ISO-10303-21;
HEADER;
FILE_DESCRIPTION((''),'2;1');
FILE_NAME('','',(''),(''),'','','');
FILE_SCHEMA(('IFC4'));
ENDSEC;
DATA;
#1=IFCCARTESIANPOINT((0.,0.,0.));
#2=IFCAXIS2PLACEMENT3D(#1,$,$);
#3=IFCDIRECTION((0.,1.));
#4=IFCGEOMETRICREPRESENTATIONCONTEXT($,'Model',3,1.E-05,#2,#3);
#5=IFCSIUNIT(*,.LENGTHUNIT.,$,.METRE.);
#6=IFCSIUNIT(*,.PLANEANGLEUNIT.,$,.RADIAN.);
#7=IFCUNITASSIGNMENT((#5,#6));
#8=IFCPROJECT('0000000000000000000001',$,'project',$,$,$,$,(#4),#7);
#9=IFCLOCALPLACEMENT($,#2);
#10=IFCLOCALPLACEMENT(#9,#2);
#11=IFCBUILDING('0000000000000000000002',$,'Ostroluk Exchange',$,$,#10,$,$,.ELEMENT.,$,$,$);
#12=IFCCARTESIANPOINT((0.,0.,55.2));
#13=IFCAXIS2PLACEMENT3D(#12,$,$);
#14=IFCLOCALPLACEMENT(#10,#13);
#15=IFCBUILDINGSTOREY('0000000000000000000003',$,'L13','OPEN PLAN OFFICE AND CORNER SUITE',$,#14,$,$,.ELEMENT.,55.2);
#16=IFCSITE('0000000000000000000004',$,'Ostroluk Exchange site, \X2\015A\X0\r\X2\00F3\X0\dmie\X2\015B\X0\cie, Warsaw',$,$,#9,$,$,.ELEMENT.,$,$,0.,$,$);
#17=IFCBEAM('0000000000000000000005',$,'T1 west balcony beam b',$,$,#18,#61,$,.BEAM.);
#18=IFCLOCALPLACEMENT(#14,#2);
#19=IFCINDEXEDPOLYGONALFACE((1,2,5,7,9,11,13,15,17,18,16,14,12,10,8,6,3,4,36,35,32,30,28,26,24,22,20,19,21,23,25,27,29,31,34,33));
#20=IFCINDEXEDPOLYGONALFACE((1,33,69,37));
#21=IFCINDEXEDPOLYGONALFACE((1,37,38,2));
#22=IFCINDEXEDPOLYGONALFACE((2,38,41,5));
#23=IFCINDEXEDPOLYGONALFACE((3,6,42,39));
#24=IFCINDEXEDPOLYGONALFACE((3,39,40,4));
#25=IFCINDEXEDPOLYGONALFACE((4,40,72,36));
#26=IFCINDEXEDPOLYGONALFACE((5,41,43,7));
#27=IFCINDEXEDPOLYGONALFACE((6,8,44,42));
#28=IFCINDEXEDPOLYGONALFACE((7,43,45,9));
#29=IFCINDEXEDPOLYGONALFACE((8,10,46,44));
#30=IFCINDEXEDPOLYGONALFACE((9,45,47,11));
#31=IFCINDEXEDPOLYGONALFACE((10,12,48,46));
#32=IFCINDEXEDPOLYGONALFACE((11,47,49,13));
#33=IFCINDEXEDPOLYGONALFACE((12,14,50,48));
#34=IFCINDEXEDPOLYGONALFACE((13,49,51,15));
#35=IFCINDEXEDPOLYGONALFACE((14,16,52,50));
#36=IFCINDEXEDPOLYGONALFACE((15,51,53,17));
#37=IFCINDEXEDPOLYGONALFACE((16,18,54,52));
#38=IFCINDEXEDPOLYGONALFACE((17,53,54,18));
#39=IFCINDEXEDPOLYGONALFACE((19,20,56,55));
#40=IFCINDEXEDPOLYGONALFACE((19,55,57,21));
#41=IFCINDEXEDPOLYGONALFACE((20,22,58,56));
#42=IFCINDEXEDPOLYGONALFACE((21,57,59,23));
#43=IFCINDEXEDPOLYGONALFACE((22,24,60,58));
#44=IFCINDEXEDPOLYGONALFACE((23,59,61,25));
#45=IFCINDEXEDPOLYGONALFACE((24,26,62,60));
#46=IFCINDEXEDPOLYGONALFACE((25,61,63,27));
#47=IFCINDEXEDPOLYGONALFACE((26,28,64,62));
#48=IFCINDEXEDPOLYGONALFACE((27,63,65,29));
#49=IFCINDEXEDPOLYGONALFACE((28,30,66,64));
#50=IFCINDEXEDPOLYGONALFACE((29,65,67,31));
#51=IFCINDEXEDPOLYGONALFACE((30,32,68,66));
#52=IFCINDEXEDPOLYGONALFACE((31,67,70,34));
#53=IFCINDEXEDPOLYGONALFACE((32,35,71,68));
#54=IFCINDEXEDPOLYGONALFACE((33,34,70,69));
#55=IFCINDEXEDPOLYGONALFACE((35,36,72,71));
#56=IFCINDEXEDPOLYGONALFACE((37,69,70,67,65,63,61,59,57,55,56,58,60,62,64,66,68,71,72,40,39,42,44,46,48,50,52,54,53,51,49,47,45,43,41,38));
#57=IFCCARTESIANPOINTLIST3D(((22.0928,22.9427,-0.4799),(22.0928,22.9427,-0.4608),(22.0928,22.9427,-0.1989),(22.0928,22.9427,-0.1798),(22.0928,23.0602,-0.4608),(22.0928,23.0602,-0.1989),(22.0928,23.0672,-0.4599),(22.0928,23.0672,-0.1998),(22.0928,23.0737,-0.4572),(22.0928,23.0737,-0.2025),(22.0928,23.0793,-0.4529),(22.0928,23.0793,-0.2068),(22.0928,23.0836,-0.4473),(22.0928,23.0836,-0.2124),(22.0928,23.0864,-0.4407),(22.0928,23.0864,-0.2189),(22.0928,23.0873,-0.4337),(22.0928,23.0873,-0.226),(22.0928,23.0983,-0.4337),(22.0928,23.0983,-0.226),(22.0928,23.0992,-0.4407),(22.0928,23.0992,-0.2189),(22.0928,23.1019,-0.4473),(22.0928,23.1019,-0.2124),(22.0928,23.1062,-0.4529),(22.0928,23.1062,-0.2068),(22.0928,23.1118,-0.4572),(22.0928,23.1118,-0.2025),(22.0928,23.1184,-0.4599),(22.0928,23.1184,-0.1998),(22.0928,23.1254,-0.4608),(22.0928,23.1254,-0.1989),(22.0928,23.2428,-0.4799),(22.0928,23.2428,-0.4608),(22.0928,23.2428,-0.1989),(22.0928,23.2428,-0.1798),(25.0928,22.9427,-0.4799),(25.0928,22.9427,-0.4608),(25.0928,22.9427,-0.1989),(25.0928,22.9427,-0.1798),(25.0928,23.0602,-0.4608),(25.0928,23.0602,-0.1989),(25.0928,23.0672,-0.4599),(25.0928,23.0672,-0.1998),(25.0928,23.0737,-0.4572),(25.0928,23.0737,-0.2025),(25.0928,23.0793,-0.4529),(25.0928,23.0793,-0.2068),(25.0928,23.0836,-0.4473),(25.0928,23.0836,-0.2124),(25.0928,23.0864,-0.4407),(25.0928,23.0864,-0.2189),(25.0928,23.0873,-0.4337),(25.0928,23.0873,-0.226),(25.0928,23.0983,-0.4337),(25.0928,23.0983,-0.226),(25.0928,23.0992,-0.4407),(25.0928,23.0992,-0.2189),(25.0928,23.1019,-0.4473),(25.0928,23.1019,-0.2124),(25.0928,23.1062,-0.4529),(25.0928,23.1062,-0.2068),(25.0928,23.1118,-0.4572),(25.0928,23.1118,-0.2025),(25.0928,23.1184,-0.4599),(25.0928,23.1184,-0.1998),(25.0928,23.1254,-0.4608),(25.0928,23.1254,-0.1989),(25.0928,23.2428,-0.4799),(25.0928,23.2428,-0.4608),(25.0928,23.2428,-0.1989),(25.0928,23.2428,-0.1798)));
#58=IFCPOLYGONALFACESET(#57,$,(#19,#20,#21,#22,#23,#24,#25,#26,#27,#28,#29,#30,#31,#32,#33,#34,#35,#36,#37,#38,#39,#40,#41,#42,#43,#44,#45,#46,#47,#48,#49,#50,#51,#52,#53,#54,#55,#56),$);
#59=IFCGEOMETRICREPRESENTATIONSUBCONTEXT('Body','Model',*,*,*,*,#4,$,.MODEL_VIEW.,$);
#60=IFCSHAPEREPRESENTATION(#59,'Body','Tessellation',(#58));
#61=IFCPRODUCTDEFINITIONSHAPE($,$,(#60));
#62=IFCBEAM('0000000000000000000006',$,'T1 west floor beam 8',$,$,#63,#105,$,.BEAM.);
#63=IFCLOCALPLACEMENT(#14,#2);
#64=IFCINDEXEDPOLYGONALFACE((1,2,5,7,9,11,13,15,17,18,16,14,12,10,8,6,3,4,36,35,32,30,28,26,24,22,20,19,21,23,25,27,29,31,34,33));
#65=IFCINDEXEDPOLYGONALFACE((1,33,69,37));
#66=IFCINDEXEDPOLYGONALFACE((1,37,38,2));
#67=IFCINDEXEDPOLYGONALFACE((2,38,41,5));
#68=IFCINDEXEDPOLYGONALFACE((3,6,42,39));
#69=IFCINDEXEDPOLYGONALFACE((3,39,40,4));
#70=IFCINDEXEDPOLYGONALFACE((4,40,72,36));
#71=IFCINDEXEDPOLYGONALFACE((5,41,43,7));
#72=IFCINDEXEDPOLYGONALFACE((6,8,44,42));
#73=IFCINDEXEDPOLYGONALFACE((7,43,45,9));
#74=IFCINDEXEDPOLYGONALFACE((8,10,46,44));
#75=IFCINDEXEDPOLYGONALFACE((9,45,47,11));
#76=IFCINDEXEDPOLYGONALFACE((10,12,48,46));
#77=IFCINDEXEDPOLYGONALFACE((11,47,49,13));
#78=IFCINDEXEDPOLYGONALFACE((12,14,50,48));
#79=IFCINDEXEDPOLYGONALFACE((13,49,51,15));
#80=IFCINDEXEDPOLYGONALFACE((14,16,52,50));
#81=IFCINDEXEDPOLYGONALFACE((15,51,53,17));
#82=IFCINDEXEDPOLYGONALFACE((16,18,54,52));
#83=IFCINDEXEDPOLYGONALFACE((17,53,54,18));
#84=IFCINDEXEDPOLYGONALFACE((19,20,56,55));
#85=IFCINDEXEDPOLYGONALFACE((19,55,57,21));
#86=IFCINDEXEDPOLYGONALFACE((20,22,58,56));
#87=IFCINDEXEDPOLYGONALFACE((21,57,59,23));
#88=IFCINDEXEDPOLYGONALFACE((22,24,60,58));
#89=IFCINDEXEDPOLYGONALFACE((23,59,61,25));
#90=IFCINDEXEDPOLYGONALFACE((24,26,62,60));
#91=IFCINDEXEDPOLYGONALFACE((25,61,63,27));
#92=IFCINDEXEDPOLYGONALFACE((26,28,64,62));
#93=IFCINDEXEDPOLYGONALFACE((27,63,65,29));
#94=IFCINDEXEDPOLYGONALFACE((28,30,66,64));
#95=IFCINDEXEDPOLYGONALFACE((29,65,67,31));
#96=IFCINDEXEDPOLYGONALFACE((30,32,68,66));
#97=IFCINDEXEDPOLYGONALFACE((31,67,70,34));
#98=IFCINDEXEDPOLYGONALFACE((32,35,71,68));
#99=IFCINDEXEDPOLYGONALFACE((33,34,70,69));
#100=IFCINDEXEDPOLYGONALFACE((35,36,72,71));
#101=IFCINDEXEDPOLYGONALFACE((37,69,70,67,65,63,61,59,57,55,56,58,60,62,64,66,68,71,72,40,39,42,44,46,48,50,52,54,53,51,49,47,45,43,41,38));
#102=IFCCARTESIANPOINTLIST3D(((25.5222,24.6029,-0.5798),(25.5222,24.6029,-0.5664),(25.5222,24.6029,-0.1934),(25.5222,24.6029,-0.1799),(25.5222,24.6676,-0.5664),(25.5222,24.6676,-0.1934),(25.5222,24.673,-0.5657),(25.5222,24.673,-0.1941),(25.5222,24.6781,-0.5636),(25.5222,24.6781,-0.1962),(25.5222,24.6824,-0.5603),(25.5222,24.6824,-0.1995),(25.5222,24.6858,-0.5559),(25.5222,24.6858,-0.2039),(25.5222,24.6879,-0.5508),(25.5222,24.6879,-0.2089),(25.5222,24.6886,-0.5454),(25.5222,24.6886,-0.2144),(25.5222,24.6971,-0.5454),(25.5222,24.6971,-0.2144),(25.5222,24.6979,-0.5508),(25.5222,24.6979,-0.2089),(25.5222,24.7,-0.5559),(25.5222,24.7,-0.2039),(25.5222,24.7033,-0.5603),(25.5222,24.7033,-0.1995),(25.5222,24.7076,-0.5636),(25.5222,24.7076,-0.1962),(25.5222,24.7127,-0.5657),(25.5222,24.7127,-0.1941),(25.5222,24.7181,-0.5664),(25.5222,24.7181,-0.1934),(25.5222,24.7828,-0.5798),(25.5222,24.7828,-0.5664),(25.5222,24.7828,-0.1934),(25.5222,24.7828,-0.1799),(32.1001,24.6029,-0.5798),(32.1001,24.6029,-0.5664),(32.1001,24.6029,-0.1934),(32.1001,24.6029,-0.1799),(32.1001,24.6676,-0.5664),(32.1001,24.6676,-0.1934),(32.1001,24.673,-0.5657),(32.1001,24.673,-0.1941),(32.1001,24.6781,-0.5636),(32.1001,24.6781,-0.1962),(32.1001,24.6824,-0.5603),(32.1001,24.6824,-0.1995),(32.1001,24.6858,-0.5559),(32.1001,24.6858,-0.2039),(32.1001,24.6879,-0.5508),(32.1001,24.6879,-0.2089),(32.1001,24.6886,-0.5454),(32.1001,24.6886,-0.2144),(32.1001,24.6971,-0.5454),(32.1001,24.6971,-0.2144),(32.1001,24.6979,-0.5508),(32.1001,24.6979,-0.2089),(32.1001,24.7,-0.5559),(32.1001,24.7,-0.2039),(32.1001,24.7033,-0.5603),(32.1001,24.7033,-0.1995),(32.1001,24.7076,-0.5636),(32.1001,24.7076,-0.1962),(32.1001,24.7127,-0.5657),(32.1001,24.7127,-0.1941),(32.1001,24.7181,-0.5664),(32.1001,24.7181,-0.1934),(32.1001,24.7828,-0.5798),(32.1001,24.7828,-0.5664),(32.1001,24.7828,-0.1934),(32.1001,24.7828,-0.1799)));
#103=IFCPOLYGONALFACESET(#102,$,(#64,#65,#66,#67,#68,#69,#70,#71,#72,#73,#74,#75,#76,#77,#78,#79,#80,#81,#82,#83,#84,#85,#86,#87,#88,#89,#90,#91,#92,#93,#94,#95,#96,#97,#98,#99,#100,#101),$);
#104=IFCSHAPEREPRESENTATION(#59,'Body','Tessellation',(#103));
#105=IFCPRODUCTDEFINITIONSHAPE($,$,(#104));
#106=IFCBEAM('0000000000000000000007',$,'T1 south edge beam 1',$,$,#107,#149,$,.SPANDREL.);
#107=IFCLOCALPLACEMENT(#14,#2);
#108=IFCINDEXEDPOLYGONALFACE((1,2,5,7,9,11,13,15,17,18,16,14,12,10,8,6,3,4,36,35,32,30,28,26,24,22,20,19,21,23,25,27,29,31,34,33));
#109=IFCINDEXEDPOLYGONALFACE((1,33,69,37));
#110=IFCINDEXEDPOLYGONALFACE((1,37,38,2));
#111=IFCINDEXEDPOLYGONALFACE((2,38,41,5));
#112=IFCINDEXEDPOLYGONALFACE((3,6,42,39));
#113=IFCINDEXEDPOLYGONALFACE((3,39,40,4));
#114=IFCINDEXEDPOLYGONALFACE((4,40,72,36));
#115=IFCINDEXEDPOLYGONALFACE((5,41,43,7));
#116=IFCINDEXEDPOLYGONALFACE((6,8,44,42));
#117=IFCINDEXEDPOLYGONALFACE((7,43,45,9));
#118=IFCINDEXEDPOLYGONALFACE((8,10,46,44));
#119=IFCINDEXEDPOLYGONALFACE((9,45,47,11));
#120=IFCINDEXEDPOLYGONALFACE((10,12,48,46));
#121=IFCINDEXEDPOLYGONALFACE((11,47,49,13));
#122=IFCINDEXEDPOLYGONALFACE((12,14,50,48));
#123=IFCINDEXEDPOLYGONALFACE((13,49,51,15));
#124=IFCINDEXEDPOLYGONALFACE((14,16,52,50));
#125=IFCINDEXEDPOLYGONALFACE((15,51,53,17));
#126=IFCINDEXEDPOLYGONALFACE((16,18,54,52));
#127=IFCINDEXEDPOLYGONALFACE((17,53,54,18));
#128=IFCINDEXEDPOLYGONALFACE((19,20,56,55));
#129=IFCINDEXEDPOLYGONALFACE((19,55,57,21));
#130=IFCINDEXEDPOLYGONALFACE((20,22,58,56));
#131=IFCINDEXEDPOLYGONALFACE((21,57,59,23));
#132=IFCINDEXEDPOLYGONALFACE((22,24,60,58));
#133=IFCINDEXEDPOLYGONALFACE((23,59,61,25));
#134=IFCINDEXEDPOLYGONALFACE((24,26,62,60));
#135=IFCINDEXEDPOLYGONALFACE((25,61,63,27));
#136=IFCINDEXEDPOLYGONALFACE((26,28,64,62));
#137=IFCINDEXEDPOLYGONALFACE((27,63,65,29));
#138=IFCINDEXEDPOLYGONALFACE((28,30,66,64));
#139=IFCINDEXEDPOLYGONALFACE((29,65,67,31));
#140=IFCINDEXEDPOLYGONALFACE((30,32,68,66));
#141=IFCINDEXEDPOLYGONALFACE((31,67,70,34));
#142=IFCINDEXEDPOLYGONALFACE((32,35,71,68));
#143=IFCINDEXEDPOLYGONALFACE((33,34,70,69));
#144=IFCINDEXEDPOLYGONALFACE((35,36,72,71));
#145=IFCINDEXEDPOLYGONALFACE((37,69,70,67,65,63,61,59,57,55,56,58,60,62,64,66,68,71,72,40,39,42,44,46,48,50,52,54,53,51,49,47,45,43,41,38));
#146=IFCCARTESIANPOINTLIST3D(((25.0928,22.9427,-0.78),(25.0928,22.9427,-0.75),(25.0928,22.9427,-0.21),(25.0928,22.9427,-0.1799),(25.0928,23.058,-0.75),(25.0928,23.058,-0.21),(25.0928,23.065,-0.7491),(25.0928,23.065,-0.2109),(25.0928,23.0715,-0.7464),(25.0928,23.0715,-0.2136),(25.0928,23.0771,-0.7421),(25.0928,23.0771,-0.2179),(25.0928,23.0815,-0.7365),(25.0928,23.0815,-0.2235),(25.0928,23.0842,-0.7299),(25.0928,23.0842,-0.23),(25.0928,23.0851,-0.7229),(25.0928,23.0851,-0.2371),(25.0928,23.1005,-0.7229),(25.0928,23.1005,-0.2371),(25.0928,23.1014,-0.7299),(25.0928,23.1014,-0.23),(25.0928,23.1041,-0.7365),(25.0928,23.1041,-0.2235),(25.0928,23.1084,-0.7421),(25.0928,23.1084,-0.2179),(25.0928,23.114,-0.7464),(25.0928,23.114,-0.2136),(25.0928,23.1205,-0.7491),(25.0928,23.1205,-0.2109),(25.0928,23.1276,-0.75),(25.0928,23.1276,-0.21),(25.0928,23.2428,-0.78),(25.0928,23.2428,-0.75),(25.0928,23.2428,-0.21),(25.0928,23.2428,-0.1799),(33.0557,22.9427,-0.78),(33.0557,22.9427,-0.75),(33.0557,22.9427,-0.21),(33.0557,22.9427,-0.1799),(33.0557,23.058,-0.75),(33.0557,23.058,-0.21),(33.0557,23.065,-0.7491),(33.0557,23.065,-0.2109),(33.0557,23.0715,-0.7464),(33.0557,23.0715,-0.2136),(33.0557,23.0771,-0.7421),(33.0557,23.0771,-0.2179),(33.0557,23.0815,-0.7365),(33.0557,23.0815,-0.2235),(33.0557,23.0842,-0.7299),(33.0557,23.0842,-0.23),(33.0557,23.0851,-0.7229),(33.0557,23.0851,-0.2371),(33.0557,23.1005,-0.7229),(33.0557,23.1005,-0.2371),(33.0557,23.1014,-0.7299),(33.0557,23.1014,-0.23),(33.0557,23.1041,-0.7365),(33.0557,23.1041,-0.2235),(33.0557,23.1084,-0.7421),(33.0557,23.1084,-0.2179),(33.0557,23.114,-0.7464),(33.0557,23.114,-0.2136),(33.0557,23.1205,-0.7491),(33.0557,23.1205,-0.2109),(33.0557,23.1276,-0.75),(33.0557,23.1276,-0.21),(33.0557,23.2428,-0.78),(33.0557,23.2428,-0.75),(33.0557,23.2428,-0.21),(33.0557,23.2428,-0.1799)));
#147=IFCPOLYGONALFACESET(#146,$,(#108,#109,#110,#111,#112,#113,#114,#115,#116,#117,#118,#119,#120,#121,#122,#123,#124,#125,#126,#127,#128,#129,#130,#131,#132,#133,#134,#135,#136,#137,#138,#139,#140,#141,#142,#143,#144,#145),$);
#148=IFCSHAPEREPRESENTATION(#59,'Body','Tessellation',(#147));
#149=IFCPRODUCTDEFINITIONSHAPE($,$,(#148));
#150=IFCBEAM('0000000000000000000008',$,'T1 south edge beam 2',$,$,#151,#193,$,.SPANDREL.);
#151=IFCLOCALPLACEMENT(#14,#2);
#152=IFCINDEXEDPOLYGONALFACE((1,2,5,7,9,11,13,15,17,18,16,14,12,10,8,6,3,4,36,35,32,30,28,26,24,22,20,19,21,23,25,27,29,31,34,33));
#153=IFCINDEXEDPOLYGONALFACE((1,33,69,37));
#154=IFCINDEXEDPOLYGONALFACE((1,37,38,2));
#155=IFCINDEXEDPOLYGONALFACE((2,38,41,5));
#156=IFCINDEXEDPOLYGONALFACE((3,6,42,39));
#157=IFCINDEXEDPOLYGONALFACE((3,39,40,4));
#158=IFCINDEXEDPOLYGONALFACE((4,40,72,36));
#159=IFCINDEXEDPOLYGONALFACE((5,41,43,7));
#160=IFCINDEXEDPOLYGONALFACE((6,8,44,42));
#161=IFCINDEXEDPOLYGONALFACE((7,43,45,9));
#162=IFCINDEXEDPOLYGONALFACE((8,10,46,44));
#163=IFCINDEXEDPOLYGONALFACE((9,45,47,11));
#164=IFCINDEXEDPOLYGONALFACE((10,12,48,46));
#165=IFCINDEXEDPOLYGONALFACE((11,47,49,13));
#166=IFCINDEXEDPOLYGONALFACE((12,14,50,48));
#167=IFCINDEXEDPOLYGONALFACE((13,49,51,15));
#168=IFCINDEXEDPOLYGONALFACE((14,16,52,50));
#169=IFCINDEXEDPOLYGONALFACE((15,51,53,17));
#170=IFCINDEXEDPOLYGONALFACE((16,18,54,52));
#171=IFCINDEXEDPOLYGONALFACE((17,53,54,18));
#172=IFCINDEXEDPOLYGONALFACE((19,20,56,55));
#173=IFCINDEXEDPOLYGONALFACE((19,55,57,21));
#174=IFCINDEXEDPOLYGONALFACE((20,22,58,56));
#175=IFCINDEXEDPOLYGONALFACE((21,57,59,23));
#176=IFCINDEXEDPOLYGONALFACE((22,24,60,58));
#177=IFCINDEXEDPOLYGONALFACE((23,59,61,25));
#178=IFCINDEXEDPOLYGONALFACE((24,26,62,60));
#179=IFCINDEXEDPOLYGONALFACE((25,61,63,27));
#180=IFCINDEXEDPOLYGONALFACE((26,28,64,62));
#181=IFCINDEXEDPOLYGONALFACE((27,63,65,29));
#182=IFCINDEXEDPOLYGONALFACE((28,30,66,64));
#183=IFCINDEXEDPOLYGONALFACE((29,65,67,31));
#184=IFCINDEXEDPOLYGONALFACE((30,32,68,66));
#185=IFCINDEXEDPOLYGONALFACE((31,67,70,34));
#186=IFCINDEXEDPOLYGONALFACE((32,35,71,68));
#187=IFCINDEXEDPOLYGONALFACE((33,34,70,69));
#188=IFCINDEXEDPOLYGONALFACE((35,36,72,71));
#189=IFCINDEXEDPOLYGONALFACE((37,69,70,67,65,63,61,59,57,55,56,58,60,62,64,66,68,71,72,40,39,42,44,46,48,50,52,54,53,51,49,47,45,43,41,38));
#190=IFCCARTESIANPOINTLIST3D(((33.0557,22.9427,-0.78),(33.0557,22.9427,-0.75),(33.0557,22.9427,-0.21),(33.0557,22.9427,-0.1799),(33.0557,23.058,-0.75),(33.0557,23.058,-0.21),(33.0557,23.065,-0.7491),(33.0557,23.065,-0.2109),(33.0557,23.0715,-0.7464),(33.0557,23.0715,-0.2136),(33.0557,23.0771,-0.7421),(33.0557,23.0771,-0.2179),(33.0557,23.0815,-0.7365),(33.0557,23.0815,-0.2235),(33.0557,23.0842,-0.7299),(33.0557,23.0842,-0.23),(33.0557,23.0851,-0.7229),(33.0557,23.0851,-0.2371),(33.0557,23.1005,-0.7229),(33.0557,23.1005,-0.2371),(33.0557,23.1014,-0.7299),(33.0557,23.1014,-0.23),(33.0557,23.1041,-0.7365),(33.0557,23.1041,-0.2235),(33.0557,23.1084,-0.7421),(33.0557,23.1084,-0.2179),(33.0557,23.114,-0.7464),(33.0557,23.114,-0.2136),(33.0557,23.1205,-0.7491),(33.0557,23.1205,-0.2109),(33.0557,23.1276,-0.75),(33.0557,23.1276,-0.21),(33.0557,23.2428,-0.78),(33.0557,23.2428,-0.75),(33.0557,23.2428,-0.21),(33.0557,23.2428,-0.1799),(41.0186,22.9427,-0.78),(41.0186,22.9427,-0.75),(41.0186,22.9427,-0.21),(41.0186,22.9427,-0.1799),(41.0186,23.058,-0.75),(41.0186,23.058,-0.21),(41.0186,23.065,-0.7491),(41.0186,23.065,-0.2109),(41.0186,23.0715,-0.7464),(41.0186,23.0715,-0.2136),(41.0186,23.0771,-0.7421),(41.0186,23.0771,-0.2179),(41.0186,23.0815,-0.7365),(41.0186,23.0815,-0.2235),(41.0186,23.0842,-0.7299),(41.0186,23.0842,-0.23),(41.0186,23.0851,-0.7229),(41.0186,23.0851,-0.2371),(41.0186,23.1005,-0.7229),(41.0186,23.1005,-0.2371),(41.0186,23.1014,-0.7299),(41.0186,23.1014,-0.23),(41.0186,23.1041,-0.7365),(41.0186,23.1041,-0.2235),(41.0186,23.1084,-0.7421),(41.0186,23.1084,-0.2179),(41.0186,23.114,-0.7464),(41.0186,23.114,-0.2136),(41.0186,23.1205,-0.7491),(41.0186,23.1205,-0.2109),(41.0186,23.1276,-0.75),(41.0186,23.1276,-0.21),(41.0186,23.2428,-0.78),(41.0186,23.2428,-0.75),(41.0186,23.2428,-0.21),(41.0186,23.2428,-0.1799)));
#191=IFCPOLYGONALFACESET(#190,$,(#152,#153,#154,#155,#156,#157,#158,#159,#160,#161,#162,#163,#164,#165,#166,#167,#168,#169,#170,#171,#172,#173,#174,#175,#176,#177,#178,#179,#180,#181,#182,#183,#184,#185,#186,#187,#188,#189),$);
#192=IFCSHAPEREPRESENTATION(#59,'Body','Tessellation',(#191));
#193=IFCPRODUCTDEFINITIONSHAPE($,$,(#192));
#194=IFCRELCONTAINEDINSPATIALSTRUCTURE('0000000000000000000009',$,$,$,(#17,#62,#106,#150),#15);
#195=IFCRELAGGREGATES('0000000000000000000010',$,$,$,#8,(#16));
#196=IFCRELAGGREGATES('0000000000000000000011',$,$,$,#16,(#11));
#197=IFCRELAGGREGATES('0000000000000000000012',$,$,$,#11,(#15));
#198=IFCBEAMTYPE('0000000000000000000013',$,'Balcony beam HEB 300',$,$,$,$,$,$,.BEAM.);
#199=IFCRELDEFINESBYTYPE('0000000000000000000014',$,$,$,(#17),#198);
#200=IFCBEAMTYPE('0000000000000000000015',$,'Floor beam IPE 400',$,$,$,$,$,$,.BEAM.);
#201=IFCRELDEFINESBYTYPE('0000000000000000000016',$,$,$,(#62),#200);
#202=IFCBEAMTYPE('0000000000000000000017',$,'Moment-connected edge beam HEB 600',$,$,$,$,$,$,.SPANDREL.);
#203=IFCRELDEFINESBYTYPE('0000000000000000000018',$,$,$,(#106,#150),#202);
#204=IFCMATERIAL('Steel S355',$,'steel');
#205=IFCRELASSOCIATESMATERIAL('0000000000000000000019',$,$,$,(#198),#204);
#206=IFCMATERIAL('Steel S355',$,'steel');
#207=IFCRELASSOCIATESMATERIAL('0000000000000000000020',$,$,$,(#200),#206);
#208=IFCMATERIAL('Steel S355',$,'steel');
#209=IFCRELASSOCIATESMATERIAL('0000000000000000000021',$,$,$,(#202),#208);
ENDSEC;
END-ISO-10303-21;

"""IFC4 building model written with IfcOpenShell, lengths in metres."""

from ifc_helpers import new_model, si_unit, direction, frame, origin, origin_2d, place, context, subcontext, project, spatial, i_section, extrude, material, material_profile, profile_set, type_object, element, save


model = new_model("IFC4")

# Units and contexts
model_context = context("Model", 3, precision=1e-05, world=origin(), true_north=direction((0.0, 1.0)))
body_context = subcontext(model_context, "Body", "Model", "MODEL_VIEW")
ifc_project = project(units=[si_unit("LENGTHUNIT", "METRE"), si_unit("PLANEANGLEUNIT", "RADIAN")], contexts=[model_context])

# Site, building, storey
site_placement = place(None, origin())
site = spatial("IfcSite", under=ifc_project, at=site_placement, Name="Ostroluk Exchange site, Śródmieście, Warsaw", CompositionType="ELEMENT", RefElevation=0.0)
building_placement = place(site_placement, origin())
building = spatial("IfcBuilding", under=site, at=building_placement, Name="Ostroluk Exchange", CompositionType="ELEMENT")
storey_placement = place(building_placement, frame((0.0, 0.0, 55.2)))
storey = spatial("IfcBuildingStorey", under=building, at=storey_placement, Name="L13", Description="OPEN PLAN OFFICE AND CORNER SUITE", CompositionType="ELEMENT", Elevation=55.2)

# Beams
ifc_material_1 = material(Name="Steel S355", Category="steel")
ifc_material_profile_1 = material_profile(ifc_material_1, i_section(OverallWidth=0.3, OverallDepth=0.3, WebThickness=0.011, FlangeThickness=0.019, FilletRadius=0.0271, at=origin_2d()), Name="HEB 300")
ifc_profile_set_1 = profile_set([ifc_material_profile_1], Name="Steel S355")
beam_type_1 = type_object("IfcBeamType", Name="Balcony beam HEB 300", PredefinedType="BEAM", material=ifc_profile_set_1)
beam_1_placement = place(storey_placement, frame((25.0928, 23.0928, -0.3298), z_axis=(-1.0, 0.0, 0.0), x_axis=(0.0, -1.0, 0.0)))
element("IfcBeam", 1, at=beam_1_placement, inside=storey, type_object=beam_type_1, Name="T1 west balcony beam b", PredefinedType="BEAM", context=body_context, shape_type="SweptSolid", body=[
    extrude(i_section(OverallWidth=0.3, OverallDepth=0.3, WebThickness=0.011, FlangeThickness=0.019, FilletRadius=0.0271, at=origin_2d()), origin(), (0.0, 0.0, 1.0), 3.0),
])
ifc_material_2 = material(Name="Steel S355", Category="steel")
ifc_material_profile_2 = material_profile(ifc_material_2, i_section(OverallWidth=0.1799, OverallDepth=0.3999, WebThickness=0.0085, FlangeThickness=0.0134, FilletRadius=0.021, at=origin_2d()), Name="IPE 400")
ifc_profile_set_2 = profile_set([ifc_material_profile_2], Name="Steel S355")
beam_type_2 = type_object("IfcBeamType", Name="Floor beam IPE 400", PredefinedType="BEAM", material=ifc_profile_set_2)
beam_2_placement = place(storey_placement, frame((32.1001, 24.6929, -0.3799), z_axis=(-1.0, 0.0, 0.0), x_axis=(0.0, -1.0, 0.0)))
element("IfcBeam", 2, at=beam_2_placement, inside=storey, type_object=beam_type_2, Name="T1 west floor beam 8", PredefinedType="BEAM", context=body_context, shape_type="SweptSolid", body=[
    extrude(i_section(OverallWidth=0.1799, OverallDepth=0.3999, WebThickness=0.0085, FlangeThickness=0.0134, FilletRadius=0.021, at=origin_2d()), origin(), (0.0, 0.0, 1.0), 6.5779),
])
ifc_material_3 = material(Name="Steel S355", Category="steel")
ifc_material_profile_3 = material_profile(ifc_material_3, i_section(OverallWidth=0.3, OverallDepth=0.6001, WebThickness=0.0154, FlangeThickness=0.03, FilletRadius=0.0271, at=origin_2d()), Name="HEB 600")
ifc_profile_set_3 = profile_set([ifc_material_profile_3], Name="Steel S355")
beam_type_3 = type_object("IfcBeamType", Name="Moment-connected edge beam HEB 600", PredefinedType="SPANDREL", material=ifc_profile_set_3)
for number, where, z_axis, x_axis, name in (
    (3, (25.0928, 23.0928, -0.48), (1.0, 0.0, 0.0), (0.0, 1.0, 0.0), "T1 south edge beam 1"),
    (4, (33.0557, 23.0928, -0.48), (1.0, 0.0, 0.0), (0.0, 1.0, 0.0), "T1 south edge beam 2"),
):
    element("IfcBeam", number, at=place(storey_placement, frame(where, z_axis=z_axis, x_axis=x_axis)), inside=storey, type_object=beam_type_3, Name=name, PredefinedType="SPANDREL", context=body_context, shape_type="SweptSolid", body=[
        extrude(i_section(OverallWidth=0.3, OverallDepth=0.6001, WebThickness=0.0154, FlangeThickness=0.03, FilletRadius=0.0271, at=origin_2d()), origin(), (0.0, 0.0, 1.0), 7.9629),
    ])

save(model, "model.ifc")
